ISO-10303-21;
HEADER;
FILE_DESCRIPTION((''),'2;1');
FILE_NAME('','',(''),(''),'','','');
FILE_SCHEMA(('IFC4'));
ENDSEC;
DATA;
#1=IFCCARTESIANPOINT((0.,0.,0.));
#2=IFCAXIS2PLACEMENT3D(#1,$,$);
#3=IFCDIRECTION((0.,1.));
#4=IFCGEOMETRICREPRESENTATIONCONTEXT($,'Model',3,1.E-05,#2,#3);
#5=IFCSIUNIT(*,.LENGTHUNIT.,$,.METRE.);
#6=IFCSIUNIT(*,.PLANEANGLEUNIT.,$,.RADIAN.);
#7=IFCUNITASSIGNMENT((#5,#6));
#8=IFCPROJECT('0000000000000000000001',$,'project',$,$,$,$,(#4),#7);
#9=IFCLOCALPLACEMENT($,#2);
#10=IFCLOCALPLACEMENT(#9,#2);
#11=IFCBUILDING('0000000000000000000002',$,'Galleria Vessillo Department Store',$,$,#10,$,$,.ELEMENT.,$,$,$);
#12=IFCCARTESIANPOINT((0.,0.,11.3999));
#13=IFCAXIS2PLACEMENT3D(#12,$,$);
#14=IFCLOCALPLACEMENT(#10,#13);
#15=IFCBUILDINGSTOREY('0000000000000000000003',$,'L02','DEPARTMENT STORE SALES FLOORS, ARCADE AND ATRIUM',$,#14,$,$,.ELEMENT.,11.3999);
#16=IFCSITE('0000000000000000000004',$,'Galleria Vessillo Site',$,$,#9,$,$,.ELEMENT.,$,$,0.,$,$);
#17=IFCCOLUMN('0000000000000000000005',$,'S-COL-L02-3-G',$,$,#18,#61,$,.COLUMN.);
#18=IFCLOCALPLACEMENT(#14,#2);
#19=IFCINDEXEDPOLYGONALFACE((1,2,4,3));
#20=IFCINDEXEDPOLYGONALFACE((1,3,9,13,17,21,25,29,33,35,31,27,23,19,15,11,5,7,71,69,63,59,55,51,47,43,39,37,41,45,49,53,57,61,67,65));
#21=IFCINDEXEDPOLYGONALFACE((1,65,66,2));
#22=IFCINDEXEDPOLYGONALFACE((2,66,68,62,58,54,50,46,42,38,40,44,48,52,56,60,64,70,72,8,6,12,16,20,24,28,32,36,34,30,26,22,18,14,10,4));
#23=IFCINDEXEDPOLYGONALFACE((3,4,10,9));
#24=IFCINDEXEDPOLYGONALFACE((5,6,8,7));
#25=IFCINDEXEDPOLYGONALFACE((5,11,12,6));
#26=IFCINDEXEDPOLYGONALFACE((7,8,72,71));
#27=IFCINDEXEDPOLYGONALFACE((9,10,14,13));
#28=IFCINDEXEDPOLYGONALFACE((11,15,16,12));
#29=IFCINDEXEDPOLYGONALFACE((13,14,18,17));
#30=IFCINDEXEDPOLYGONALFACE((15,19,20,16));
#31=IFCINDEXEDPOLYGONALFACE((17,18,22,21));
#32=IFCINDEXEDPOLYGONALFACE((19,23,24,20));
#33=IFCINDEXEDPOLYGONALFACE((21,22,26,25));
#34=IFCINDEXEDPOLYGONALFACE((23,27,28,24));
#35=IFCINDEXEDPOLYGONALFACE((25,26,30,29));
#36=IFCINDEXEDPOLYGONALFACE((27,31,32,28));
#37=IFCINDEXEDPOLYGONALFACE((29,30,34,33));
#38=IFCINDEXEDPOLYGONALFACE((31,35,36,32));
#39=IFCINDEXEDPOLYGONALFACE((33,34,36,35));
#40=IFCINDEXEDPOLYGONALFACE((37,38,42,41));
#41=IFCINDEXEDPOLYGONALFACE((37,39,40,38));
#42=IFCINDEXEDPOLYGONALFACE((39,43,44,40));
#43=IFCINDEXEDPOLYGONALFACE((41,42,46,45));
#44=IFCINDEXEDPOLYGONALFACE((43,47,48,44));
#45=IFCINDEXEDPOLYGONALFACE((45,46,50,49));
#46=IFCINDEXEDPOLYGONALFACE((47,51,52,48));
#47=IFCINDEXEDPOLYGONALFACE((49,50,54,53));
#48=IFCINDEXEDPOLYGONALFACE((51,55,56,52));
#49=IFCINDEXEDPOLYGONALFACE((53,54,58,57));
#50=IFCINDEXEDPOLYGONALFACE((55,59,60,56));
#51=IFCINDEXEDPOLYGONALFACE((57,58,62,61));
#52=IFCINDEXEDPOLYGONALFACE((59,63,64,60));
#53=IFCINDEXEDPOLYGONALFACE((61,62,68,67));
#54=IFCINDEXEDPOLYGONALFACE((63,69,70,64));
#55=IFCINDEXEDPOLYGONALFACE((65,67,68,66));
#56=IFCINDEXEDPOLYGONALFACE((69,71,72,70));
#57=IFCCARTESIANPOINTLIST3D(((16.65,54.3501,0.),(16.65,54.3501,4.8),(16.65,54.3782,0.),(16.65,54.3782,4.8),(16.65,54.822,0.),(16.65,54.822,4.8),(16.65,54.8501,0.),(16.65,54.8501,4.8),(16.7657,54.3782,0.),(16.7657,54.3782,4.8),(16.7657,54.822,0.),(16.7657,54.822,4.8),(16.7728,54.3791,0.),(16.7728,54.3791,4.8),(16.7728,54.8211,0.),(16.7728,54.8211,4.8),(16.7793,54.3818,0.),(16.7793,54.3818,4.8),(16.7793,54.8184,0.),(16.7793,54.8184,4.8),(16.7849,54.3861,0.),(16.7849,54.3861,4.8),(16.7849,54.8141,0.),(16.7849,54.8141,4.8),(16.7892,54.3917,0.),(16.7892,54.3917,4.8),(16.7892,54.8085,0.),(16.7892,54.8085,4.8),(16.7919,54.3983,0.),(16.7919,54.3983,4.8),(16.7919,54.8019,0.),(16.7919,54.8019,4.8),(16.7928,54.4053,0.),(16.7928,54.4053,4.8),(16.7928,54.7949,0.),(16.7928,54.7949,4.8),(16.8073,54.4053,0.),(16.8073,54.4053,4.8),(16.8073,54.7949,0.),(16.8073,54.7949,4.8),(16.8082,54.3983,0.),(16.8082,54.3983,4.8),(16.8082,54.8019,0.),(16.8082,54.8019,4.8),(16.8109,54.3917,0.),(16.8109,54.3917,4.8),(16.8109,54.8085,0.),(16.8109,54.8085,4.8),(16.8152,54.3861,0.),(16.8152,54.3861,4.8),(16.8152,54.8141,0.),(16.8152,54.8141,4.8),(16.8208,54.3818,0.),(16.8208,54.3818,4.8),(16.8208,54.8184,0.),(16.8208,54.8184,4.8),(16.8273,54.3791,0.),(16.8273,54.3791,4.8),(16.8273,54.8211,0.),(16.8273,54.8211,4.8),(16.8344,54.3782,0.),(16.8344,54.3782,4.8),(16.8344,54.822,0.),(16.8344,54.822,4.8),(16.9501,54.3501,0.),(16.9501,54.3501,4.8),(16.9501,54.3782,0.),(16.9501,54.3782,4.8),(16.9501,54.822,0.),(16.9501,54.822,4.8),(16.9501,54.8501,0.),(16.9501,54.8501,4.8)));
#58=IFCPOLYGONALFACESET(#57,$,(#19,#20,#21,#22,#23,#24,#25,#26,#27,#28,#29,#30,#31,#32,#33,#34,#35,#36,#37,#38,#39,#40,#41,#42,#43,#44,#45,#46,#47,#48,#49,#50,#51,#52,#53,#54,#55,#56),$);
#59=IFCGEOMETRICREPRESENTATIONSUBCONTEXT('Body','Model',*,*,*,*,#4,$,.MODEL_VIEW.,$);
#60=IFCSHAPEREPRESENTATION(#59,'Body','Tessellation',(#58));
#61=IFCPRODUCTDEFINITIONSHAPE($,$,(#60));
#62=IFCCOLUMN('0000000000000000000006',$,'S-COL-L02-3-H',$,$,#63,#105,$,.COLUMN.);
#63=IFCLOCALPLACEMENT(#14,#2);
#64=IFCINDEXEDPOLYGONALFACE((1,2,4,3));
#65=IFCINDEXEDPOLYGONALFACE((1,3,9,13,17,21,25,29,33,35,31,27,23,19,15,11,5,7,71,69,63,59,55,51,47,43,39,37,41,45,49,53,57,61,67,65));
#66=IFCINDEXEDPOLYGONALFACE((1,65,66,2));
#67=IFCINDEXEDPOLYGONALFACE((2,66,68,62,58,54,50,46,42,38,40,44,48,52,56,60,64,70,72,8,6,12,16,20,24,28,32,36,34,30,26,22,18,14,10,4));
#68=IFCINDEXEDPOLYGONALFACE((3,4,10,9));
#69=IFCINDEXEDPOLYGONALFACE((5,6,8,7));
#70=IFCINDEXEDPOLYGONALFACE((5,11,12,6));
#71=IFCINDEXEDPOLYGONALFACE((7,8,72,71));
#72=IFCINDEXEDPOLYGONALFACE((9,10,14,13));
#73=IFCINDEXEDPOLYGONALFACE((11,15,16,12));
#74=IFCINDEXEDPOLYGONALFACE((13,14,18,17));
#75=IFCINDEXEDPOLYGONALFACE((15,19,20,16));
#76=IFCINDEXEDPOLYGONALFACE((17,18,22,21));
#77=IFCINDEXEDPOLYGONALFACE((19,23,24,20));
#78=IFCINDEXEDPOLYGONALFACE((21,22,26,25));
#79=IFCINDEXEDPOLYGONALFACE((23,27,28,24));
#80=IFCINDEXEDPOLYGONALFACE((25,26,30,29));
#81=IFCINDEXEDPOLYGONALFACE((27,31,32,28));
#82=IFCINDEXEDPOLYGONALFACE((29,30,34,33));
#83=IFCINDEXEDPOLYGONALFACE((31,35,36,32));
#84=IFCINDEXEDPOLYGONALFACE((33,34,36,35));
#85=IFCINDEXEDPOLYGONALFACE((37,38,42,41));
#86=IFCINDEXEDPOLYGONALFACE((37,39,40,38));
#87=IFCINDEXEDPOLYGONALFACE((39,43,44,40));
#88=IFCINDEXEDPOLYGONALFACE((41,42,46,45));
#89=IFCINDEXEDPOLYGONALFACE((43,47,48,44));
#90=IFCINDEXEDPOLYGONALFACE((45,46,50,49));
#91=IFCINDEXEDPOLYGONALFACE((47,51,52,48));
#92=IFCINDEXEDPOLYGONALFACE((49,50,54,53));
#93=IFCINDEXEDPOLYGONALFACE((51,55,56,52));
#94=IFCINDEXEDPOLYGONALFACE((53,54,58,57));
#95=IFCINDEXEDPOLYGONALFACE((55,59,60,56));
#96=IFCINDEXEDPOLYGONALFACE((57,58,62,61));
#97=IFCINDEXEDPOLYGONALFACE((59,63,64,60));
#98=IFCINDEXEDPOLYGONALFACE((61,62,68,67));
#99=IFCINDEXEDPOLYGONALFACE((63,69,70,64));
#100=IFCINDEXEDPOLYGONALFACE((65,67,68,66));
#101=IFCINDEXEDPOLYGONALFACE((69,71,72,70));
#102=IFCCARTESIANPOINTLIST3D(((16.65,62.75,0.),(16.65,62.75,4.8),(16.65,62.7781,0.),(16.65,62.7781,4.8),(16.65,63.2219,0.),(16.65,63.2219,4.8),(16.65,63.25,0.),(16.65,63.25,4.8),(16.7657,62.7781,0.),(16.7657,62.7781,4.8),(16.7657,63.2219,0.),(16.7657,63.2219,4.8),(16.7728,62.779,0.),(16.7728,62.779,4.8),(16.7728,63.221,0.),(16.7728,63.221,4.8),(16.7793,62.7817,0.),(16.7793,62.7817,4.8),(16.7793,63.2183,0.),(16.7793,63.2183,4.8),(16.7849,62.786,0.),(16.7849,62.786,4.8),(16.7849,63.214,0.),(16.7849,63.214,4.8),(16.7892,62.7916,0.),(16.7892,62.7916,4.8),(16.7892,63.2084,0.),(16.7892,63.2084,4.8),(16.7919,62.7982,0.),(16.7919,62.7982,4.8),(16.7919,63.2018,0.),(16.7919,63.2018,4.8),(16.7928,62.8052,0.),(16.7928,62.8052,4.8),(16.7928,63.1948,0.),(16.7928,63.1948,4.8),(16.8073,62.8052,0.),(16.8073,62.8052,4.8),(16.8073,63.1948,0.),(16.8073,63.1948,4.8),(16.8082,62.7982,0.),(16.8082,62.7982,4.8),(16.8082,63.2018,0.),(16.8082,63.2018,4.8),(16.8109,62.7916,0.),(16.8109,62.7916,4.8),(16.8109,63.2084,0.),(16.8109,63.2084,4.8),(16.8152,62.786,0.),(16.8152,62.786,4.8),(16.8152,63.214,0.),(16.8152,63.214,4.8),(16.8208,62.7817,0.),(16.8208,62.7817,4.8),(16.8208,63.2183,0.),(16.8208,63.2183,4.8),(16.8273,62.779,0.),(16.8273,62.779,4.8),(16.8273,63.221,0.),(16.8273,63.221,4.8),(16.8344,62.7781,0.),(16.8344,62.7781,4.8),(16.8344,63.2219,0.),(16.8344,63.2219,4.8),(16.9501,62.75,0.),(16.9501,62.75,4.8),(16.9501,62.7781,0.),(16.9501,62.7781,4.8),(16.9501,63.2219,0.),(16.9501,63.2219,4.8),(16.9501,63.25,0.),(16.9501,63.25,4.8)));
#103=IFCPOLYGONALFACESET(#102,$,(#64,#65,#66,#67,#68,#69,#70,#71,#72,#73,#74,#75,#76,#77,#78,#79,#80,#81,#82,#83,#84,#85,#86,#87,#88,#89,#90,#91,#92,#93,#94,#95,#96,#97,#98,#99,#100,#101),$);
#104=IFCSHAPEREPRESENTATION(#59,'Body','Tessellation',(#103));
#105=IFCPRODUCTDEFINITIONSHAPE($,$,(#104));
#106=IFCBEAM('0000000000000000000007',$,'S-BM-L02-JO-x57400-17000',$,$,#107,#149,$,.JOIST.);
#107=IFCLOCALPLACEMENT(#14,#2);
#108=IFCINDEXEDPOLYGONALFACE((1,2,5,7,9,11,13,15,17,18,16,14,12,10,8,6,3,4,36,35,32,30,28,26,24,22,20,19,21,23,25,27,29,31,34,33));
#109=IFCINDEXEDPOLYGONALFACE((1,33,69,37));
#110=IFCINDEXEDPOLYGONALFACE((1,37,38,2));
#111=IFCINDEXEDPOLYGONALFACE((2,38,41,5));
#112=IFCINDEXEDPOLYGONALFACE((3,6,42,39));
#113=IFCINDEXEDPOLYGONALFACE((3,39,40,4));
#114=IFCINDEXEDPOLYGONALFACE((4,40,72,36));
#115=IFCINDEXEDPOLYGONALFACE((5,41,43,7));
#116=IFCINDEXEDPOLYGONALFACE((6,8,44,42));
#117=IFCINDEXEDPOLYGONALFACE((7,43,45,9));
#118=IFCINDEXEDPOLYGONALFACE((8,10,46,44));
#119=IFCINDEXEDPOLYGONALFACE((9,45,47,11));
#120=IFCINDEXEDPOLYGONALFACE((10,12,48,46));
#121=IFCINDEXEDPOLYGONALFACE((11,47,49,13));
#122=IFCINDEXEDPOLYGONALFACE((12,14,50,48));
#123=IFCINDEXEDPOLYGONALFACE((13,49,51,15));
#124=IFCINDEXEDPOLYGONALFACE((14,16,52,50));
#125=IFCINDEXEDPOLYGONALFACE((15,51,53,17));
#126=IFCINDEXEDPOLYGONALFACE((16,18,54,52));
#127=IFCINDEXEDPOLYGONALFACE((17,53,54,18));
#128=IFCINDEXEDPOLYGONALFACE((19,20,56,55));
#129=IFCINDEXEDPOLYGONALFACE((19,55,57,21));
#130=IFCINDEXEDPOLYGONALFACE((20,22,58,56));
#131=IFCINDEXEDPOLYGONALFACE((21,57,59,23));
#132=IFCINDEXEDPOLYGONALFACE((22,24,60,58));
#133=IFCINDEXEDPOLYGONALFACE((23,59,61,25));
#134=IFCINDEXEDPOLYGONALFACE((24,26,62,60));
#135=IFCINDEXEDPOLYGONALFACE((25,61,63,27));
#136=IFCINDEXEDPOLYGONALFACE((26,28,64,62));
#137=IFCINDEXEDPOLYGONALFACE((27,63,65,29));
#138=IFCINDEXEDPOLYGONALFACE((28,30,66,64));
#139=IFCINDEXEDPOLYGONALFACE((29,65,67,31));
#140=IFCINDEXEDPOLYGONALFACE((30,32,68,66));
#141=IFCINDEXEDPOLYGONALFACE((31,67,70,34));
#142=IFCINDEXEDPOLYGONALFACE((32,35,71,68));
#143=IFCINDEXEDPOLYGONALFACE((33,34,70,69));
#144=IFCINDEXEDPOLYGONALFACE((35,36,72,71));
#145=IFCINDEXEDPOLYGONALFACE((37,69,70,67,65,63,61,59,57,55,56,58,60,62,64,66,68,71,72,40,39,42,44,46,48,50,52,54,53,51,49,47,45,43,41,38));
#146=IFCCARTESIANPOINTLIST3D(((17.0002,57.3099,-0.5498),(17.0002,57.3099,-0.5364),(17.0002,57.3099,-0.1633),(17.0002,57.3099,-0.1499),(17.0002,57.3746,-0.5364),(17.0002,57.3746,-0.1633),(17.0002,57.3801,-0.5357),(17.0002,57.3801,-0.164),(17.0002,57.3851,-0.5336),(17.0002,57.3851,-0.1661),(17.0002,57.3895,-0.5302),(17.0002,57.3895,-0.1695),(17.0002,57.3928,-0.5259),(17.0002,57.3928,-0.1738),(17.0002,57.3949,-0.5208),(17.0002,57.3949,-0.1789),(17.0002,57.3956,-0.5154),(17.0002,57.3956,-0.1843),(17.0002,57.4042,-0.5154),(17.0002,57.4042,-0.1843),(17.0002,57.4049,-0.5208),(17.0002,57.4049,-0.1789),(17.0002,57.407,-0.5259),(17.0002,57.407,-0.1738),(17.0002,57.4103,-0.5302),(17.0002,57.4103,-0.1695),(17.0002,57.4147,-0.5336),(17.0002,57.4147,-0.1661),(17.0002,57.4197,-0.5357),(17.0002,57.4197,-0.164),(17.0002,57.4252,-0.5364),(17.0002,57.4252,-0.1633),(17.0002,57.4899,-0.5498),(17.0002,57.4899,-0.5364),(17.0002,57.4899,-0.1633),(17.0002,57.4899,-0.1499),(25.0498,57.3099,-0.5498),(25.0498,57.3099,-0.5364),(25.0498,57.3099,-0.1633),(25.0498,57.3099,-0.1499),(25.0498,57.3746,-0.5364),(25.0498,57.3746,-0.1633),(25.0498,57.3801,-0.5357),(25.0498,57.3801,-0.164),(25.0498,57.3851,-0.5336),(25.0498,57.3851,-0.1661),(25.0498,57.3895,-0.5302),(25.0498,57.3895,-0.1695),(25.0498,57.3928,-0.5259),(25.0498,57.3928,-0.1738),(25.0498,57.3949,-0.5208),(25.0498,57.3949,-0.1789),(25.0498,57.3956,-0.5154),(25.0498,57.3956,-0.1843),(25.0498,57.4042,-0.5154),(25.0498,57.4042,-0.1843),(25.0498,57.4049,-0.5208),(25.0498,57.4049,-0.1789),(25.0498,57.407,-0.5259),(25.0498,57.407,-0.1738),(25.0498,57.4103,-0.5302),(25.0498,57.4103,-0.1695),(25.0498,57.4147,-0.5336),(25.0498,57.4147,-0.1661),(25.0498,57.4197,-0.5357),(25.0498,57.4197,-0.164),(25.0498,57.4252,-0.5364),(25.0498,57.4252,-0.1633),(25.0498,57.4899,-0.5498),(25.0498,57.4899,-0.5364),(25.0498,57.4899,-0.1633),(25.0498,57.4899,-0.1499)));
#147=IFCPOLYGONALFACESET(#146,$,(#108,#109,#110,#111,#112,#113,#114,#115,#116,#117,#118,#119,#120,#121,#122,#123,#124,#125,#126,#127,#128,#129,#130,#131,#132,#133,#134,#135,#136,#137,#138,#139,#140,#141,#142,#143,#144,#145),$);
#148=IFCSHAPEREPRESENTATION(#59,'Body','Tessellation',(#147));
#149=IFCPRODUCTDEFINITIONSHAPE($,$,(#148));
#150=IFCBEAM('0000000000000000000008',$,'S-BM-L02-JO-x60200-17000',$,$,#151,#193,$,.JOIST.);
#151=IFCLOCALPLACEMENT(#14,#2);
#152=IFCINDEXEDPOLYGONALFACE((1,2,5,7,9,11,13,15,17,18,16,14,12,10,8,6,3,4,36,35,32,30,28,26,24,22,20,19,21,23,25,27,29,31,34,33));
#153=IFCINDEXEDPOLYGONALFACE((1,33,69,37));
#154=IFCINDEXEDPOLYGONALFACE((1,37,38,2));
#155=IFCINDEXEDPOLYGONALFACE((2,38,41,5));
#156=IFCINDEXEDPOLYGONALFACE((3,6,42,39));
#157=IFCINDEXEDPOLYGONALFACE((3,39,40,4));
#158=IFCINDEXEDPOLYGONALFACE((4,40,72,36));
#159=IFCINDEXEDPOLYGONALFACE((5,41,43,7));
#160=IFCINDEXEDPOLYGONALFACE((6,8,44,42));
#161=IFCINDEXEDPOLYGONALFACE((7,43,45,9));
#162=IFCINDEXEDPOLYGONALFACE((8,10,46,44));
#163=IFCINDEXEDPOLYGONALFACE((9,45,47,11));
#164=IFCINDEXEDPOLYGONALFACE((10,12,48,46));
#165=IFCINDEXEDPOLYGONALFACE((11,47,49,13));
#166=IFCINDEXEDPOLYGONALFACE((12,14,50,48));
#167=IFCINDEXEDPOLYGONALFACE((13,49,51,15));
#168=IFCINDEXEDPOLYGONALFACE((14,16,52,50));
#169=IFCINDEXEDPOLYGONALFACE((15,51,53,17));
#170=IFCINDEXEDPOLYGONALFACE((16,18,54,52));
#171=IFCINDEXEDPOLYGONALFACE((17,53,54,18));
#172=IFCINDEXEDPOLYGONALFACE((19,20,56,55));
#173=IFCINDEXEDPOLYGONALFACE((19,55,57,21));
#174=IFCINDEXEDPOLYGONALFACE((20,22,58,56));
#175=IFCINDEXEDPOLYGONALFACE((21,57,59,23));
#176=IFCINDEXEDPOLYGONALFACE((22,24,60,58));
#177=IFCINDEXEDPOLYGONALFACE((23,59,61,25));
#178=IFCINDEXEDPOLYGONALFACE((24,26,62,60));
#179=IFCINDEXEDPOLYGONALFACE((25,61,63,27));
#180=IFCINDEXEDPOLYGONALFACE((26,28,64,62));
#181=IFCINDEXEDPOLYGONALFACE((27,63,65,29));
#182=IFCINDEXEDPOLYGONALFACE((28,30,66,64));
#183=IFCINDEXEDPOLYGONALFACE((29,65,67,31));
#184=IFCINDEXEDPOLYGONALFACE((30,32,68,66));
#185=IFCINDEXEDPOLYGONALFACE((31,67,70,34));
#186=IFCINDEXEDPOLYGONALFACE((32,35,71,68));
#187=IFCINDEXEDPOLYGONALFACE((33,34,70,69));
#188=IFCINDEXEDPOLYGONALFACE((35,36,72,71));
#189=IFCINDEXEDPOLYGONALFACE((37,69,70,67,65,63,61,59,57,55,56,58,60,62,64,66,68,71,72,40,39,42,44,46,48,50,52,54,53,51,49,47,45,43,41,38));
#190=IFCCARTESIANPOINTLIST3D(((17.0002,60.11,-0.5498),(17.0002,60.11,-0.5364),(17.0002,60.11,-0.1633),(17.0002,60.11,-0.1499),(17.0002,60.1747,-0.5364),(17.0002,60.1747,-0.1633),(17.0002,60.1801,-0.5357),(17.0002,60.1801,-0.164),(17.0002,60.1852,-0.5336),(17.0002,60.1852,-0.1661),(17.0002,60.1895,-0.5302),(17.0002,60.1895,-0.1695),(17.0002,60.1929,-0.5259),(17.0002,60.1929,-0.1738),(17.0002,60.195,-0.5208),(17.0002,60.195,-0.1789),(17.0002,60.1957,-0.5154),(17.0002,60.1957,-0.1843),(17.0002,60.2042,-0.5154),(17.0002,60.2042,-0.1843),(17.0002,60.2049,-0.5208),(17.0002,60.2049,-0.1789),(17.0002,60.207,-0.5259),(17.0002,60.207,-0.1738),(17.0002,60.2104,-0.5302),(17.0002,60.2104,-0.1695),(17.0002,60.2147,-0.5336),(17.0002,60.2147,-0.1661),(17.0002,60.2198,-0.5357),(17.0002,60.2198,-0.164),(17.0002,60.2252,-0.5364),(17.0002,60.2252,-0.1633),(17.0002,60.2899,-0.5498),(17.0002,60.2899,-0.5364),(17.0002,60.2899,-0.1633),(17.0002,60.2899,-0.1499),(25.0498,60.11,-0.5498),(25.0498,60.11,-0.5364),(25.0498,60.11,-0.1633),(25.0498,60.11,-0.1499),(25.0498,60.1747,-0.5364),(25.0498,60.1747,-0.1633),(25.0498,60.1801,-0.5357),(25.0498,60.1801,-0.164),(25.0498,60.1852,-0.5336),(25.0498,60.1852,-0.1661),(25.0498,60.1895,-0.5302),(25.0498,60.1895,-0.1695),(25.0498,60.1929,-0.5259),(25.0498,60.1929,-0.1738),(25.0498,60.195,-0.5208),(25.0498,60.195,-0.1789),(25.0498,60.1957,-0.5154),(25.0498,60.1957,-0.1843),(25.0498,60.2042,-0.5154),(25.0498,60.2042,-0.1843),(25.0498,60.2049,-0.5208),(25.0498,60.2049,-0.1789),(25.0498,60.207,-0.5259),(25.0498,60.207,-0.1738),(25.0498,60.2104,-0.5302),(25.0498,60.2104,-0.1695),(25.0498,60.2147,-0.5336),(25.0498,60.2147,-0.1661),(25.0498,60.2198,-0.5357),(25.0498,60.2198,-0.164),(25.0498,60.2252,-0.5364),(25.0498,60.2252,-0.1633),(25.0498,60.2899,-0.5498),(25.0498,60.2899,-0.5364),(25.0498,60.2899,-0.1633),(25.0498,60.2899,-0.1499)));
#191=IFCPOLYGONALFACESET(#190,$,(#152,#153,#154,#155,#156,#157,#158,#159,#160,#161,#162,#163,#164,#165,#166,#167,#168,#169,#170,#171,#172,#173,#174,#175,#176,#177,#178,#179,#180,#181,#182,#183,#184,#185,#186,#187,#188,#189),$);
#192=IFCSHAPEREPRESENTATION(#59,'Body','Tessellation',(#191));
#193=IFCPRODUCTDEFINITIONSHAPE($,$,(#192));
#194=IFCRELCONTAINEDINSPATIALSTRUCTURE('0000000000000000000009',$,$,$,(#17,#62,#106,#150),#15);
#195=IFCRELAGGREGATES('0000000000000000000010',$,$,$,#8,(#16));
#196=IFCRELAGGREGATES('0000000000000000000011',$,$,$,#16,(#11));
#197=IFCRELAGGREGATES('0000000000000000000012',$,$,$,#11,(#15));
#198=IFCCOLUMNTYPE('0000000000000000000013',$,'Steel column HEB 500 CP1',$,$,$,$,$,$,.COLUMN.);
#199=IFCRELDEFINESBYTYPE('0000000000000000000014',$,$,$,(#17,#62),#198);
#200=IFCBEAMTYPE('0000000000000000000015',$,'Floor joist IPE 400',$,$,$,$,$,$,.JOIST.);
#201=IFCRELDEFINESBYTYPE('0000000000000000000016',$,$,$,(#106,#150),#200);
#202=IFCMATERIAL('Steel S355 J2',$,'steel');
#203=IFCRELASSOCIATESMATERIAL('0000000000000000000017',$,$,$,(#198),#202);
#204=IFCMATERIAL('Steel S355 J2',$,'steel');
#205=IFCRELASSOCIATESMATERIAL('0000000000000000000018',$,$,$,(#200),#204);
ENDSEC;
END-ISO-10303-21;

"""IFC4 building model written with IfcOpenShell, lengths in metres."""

from ifc_helpers import new_model, si_unit, direction, frame, origin, origin_2d, place, context, subcontext, project, spatial, i_section, extrude, material, material_profile, profile_set, type_object, element, save


model = new_model("IFC4")

# Units and contexts
model_context = context("Model", 3, precision=1e-05, world=origin(), true_north=direction((0.0, 1.0)))
body_context = subcontext(model_context, "Body", "Model", "MODEL_VIEW")
ifc_project = project(units=[si_unit("LENGTHUNIT", "METRE"), si_unit("PLANEANGLEUNIT", "RADIAN")], contexts=[model_context])

# Site, building, storey
site_placement = place(None, origin())
site = spatial("IfcSite", under=ifc_project, at=site_placement, Name="Galleria Vessillo Site", CompositionType="ELEMENT", RefElevation=0.0)
building_placement = place(site_placement, origin())
building = spatial("IfcBuilding", under=site, at=building_placement, Name="Galleria Vessillo Department Store", CompositionType="ELEMENT")
storey_placement = place(building_placement, frame((0.0, 0.0, 11.3999)))
storey = spatial("IfcBuildingStorey", under=building, at=storey_placement, Name="L02", Description="DEPARTMENT STORE SALES FLOORS, ARCADE AND ATRIUM", CompositionType="ELEMENT", Elevation=11.3999)

# Columns
ifc_material_1 = material(Name="Steel S355 J2", Category="steel")
ifc_material_profile_1 = material_profile(ifc_material_1, i_section(OverallWidth=0.3, OverallDepth=0.5, WebThickness=0.0144, FlangeThickness=0.0281, FilletRadius=0.0271, at=origin_2d()), Name="HEB 500")
ifc_profile_set_1 = profile_set([ifc_material_profile_1], Name="Steel S355 J2")
column_type = type_object("IfcColumnType", Name="Steel column HEB 500 CP1", PredefinedType="COLUMN", material=ifc_profile_set_1)
for number, where, z_axis, x_axis, name in (
    (1, (16.8, 54.6001, 0.0), (0.0, 0.0, 1.0), (1.0, 0.0, 0.0), "S-COL-L02-3-G"),
    (2, (16.8, 63.0, 0.0), (0.0, 0.0, 1.0), (1.0, 0.0, 0.0), "S-COL-L02-3-H"),
):
    element("IfcColumn", number, at=place(storey_placement, frame(where, z_axis=z_axis, x_axis=x_axis)), inside=storey, type_object=column_type, Name=name, PredefinedType="COLUMN", context=body_context, shape_type="SweptSolid", body=[
        extrude(i_section(OverallWidth=0.3, OverallDepth=0.5, WebThickness=0.0144, FlangeThickness=0.0281, FilletRadius=0.0271, at=origin_2d()), origin(), (0.0, 0.0, 1.0), 4.8),
    ])

# Beams
ifc_material_2 = material(Name="Steel S355 J2", Category="steel")
ifc_material_profile_2 = material_profile(ifc_material_2, i_section(OverallWidth=0.1799, OverallDepth=0.3999, WebThickness=0.0085, FlangeThickness=0.0134, FilletRadius=0.021, at=origin_2d()), Name="IPE 400")
ifc_profile_set_2 = profile_set([ifc_material_profile_2], Name="Steel S355 J2")
beam_type_1 = type_object("IfcBeamType", Name="Floor joist IPE 400", PredefinedType="JOIST", material=ifc_profile_set_2)
for number, where, z_axis, x_axis, name in (
    (3, (17.0002, 57.3999, -0.3499), (1.0, 0.0, 0.0), (0.0, 1.0, 0.0), "S-BM-L02-JO-x57400-17000"),
    (4, (17.0002, 60.2, -0.3499), (1.0, 0.0, 0.0), (0.0, 1.0, 0.0), "S-BM-L02-JO-x60200-17000"),
):
    element("IfcBeam", number, at=place(storey_placement, frame(where, z_axis=z_axis, x_axis=x_axis)), inside=storey, type_object=beam_type_1, Name=name, PredefinedType="JOIST", context=body_context, shape_type="SweptSolid", body=[
        extrude(i_section(OverallWidth=0.1799, OverallDepth=0.3999, WebThickness=0.0085, FlangeThickness=0.0134, FilletRadius=0.021, at=origin_2d()), origin(), (0.0, 0.0, 1.0), 8.0496),
    ])

save(model, "model.ifc")
